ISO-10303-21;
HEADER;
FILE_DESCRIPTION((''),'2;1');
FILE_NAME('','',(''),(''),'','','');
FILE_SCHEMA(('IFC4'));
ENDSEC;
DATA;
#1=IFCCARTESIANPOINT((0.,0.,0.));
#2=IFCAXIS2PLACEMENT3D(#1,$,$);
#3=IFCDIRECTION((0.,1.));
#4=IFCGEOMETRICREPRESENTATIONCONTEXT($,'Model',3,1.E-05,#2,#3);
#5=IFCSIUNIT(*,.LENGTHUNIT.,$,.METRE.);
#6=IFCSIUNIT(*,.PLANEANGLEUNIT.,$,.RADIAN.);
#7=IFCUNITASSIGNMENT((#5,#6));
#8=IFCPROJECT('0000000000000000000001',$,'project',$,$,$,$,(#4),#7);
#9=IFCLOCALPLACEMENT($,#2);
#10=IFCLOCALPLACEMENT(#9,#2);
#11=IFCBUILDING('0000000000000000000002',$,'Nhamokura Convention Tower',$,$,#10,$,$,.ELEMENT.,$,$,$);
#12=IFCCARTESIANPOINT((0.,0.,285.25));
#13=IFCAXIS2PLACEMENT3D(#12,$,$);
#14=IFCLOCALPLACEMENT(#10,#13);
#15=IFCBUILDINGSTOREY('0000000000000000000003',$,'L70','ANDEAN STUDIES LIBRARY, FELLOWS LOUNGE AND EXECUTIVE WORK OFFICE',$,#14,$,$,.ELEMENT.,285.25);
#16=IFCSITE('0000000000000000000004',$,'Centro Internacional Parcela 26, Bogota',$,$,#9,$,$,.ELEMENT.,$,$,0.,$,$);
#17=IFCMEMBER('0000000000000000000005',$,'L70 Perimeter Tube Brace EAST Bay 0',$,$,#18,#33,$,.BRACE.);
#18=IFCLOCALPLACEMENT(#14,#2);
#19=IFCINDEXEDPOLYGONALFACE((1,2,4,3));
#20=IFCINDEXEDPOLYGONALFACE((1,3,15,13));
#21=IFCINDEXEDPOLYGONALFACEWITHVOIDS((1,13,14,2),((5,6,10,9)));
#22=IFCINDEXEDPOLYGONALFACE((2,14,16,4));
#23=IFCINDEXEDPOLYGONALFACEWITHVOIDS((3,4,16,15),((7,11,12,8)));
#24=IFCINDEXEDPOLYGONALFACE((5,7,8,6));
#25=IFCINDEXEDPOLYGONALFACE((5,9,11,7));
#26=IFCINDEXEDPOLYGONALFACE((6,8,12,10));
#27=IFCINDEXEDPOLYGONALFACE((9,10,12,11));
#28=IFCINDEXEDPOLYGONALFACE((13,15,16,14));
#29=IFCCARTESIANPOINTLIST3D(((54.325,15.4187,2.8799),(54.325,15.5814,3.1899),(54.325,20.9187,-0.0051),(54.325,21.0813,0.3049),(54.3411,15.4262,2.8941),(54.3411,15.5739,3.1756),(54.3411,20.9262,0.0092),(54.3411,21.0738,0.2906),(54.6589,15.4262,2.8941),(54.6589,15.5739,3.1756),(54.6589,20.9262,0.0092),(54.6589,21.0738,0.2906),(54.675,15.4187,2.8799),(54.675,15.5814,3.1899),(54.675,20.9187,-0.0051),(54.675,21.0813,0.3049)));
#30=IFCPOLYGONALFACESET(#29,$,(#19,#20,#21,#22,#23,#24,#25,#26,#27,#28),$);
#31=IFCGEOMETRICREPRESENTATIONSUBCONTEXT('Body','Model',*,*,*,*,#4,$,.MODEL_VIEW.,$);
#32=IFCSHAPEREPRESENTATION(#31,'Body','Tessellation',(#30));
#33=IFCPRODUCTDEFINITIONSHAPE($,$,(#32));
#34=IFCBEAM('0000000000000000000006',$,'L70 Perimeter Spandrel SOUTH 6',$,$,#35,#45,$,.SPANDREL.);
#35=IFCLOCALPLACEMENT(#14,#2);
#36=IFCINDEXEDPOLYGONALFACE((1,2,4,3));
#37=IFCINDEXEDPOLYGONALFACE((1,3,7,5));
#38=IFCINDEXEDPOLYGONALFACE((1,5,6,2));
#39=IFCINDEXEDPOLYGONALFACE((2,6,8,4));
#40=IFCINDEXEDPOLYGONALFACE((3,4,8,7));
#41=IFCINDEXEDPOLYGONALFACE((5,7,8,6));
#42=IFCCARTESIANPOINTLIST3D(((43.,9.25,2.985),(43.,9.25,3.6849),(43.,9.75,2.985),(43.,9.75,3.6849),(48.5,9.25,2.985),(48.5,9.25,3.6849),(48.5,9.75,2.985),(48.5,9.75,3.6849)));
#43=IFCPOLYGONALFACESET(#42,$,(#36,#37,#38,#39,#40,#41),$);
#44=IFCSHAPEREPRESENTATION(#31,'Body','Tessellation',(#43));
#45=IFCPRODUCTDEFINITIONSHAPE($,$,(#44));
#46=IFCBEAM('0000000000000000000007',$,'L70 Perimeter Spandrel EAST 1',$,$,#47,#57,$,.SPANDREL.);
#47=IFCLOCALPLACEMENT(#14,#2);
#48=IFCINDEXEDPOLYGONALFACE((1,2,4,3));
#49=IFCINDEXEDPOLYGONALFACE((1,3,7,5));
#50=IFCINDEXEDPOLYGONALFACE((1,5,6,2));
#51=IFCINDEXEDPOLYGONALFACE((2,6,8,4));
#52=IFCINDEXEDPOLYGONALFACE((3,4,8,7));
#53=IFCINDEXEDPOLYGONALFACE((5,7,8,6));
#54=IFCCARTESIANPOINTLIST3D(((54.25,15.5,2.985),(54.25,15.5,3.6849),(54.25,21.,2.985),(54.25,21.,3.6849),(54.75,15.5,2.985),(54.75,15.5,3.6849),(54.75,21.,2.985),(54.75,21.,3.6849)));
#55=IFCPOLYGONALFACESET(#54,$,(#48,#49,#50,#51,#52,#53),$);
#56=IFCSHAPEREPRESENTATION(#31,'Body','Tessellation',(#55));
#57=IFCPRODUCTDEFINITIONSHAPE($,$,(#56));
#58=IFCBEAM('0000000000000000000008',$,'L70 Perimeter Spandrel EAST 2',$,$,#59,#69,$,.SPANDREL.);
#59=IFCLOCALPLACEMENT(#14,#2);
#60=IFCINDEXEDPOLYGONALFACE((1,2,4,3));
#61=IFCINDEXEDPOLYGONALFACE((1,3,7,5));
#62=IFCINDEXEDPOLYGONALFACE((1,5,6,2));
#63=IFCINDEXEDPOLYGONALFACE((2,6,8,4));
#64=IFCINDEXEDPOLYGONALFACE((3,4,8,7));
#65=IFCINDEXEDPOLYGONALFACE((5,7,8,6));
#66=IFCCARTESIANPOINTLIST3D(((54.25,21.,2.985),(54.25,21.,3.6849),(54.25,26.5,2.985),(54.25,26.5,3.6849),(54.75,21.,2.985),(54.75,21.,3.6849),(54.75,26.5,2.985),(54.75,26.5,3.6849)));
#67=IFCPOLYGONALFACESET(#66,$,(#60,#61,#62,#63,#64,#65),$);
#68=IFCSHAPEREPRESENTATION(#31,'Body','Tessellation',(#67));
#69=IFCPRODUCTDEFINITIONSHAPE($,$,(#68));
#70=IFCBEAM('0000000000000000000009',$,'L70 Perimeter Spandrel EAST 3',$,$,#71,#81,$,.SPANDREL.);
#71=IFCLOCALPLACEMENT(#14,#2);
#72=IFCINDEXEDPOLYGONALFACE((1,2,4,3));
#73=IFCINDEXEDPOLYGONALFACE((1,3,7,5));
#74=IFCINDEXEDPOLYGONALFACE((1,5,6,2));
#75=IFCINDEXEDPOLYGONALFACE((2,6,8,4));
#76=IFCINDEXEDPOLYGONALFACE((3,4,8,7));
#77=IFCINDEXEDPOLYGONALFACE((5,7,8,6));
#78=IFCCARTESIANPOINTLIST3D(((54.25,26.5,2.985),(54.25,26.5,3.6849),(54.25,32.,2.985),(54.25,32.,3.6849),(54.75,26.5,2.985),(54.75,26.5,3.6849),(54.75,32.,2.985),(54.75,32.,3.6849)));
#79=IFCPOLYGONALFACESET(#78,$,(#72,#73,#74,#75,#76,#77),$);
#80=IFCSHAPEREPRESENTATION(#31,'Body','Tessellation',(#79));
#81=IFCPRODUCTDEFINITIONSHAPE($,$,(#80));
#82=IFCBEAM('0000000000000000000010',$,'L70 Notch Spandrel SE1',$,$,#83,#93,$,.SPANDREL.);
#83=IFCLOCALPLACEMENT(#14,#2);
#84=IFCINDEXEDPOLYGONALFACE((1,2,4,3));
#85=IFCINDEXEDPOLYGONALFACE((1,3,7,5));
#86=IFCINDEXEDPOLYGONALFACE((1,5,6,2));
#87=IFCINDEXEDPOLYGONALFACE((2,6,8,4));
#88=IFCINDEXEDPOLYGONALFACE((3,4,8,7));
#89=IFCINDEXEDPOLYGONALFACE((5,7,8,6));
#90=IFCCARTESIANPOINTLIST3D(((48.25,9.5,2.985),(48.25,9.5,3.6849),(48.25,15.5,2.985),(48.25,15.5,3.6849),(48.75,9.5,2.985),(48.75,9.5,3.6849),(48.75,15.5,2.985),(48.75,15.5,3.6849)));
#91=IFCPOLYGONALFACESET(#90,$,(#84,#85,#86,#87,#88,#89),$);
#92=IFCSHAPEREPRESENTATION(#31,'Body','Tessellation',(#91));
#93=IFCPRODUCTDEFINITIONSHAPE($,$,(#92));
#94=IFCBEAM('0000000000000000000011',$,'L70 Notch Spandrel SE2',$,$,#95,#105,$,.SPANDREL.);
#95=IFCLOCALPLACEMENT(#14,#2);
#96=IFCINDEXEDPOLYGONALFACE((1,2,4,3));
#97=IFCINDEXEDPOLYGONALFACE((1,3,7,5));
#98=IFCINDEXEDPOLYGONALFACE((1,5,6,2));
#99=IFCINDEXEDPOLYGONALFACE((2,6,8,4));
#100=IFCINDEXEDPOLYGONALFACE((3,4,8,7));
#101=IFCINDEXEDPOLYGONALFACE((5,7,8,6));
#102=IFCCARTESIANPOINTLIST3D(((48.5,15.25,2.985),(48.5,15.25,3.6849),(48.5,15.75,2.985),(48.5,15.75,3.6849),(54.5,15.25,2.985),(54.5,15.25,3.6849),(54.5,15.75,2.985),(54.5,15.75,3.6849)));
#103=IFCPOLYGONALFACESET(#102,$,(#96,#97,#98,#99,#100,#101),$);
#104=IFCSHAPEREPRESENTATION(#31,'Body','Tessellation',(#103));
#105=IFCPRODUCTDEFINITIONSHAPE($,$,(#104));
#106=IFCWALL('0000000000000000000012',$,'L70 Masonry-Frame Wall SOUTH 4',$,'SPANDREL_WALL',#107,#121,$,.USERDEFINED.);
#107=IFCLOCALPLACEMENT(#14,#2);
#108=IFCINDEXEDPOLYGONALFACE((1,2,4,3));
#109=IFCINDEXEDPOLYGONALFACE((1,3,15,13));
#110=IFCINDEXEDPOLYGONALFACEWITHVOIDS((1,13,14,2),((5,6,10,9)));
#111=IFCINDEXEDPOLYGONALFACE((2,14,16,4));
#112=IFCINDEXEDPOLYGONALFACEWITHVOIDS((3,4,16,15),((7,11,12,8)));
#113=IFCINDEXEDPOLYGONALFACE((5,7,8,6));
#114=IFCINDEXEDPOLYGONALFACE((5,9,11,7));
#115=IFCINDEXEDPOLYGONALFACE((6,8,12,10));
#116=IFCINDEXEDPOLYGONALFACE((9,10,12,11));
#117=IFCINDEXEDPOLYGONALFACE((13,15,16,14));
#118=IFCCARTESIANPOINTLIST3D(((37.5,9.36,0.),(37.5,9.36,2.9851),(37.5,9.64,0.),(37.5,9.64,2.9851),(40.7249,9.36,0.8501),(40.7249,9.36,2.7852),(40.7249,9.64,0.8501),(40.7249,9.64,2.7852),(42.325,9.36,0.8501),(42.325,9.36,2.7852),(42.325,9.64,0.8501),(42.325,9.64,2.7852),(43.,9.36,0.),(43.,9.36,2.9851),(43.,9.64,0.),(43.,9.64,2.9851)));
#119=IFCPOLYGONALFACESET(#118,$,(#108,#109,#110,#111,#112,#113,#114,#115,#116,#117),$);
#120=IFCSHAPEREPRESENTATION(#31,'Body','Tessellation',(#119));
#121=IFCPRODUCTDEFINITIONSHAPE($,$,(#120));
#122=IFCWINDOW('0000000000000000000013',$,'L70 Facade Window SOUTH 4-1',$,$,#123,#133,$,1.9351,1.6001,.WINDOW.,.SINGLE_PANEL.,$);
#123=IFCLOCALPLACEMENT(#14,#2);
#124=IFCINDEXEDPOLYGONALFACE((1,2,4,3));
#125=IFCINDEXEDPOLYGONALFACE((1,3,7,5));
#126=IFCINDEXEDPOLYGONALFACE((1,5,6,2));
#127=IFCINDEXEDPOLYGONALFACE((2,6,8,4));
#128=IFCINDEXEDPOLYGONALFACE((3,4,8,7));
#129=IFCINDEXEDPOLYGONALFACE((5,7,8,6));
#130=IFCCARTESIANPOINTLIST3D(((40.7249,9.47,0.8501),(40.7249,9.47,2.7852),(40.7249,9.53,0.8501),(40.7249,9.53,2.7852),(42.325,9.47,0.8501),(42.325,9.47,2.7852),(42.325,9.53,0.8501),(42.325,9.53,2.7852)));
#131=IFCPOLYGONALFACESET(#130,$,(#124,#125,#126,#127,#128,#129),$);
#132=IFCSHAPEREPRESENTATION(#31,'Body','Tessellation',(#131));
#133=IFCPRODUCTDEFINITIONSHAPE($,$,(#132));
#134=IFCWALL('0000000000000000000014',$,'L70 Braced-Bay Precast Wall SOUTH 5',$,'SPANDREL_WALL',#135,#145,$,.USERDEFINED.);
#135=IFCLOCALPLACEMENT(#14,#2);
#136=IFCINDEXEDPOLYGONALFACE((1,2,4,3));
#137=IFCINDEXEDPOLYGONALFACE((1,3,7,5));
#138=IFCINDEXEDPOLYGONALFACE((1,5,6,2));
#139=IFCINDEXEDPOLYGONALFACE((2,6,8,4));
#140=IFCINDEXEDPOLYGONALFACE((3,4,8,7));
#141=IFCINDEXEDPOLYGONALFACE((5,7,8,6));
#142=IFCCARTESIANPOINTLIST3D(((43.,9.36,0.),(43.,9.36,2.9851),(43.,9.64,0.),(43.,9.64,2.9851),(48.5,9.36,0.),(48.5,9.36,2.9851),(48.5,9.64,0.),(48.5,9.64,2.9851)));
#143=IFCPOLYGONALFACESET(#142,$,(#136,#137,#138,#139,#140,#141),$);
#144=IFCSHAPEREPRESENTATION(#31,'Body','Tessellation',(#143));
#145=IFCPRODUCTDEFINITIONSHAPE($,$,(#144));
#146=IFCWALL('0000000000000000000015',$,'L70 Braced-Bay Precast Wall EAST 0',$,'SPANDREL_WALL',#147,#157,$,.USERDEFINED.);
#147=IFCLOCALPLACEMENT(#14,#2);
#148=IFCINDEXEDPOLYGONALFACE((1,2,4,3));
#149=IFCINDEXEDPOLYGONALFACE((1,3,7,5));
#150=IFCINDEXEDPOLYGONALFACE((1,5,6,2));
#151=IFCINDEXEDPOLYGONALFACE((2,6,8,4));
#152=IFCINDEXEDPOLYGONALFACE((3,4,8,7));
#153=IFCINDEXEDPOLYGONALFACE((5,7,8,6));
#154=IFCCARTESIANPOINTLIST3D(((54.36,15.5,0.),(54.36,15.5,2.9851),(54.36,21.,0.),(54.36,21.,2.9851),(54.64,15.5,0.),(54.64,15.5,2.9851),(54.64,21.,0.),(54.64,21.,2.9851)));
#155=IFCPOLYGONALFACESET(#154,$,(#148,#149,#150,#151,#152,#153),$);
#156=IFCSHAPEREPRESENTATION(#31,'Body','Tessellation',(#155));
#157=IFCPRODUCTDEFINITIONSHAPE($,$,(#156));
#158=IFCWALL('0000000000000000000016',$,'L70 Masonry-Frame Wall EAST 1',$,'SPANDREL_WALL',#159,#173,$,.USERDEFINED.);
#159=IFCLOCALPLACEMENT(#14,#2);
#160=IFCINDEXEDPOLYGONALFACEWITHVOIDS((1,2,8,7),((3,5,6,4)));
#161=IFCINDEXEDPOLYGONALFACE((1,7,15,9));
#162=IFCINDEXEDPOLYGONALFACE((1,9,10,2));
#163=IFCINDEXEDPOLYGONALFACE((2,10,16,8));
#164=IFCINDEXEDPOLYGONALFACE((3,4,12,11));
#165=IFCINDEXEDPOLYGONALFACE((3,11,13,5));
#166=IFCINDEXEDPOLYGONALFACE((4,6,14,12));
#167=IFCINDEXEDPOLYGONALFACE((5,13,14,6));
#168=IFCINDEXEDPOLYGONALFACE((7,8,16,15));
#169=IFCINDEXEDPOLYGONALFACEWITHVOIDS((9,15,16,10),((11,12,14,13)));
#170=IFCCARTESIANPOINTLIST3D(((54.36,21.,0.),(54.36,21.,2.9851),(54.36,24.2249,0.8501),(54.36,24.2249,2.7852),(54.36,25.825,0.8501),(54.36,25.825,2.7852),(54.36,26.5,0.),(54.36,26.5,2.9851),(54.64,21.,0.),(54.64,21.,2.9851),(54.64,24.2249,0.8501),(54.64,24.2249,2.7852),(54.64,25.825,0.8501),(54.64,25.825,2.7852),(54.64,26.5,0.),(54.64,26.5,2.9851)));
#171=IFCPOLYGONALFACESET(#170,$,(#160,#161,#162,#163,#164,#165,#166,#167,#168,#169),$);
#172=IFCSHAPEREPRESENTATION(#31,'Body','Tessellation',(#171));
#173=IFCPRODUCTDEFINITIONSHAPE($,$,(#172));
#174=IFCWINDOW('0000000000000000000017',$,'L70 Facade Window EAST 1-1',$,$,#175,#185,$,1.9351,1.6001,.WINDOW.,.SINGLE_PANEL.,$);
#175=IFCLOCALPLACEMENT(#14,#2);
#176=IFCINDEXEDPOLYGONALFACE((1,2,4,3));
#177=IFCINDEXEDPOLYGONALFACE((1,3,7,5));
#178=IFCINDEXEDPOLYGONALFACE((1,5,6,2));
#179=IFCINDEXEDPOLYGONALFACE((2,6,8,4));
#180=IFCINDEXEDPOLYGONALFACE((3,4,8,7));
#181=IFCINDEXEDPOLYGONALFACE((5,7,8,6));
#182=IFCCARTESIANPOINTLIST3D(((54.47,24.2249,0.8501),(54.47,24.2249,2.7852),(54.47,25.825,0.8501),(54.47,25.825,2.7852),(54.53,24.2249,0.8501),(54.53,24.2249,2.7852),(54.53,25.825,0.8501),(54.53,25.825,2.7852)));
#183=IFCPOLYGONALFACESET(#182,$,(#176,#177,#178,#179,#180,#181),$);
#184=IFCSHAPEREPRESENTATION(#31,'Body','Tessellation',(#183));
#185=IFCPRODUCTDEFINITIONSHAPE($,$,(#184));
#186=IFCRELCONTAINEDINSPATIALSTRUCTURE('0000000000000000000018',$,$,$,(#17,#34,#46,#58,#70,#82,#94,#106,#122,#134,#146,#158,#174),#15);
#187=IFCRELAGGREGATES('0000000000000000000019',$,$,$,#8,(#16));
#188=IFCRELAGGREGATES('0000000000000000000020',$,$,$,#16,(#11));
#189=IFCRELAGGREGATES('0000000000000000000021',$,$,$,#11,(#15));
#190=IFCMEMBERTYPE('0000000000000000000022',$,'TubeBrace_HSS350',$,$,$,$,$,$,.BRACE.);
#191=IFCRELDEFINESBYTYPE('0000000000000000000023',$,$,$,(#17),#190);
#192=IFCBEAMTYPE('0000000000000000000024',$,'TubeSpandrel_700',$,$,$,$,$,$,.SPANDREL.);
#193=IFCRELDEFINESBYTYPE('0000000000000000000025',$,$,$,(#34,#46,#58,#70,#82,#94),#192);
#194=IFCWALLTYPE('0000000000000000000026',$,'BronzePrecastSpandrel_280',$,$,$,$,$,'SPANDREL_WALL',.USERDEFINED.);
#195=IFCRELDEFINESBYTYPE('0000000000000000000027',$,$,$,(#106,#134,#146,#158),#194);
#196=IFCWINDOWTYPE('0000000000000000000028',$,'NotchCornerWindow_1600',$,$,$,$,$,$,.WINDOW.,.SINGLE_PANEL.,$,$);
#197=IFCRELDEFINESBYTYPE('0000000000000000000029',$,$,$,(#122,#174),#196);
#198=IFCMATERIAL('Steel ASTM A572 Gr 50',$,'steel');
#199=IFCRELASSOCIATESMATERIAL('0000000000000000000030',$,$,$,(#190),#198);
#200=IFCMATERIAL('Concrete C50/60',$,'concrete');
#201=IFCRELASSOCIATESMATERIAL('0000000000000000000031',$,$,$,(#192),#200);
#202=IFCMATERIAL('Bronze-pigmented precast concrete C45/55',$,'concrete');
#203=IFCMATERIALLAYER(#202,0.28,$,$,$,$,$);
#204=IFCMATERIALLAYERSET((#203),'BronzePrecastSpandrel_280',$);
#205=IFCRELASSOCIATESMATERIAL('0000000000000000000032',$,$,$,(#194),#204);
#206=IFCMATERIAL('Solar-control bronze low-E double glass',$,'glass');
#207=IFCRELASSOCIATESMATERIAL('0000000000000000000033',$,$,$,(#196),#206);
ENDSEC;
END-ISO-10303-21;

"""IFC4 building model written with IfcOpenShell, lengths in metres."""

from ifc_helpers import new_model, si_unit, direction, frame, frame_2d, origin, origin_2d, place, context, subcontext, project, spatial, rectangle, hollow_rectangle, extrude, material, layer, layer_set, material_profile, profile_set, type_object, element, fill, save


model = new_model("IFC4")

# Units and contexts
model_context = context("Model", 3, precision=1e-05, world=origin(), true_north=direction((0.0, 1.0)))
body_context = subcontext(model_context, "Body", "Model", "MODEL_VIEW")
ifc_project = project(units=[si_unit("LENGTHUNIT", "METRE"), si_unit("PLANEANGLEUNIT", "RADIAN")], contexts=[model_context])

# Site, building, storey
site_placement = place(None, origin())
site = spatial("IfcSite", under=ifc_project, at=site_placement, Name="Centro Internacional Parcela 26, Bogota", CompositionType="ELEMENT", RefElevation=0.0)
building_placement = place(site_placement, origin())
building = spatial("IfcBuilding", under=site, at=building_placement, Name="Nhamokura Convention Tower", CompositionType="ELEMENT")
storey_placement = place(building_placement, frame((0.0, 0.0, 285.25)))
storey = spatial("IfcBuildingStorey", under=building, at=storey_placement, Name="L70", Description="ANDEAN STUDIES LIBRARY, FELLOWS LOUNGE AND EXECUTIVE WORK OFFICE", CompositionType="ELEMENT", Elevation=285.25)

# Member
ifc_material_1 = material(Name="Steel ASTM A572 Gr 50", Category="steel")
ifc_material_profile_1 = material_profile(ifc_material_1, hollow_rectangle(XDim=0.3501, YDim=0.3501, WallThickness=0.0161, at=origin_2d()))
ifc_profile_set_1 = profile_set([ifc_material_profile_1], Name="Steel ASTM A572 Gr 50")
member_type_1 = type_object("IfcMemberType", Name="TubeBrace_HSS350", PredefinedType="BRACE", material=ifc_profile_set_1)
for number, where, z_axis, x_axis, name in (
    (1, (54.5, 21.0, 0.1499), (0.0, -0.885563, 0.46452), (1.0, 0.0, 0.0), "L70 Perimeter Tube Brace EAST Bay 0"),
):
    element("IfcMember", number, at=place(storey_placement, frame(where, z_axis=z_axis, x_axis=x_axis)), inside=storey, type_object=member_type_1, Name=name, PredefinedType="BRACE", context=body_context, shape_type="SweptSolid", body=[
        extrude(hollow_rectangle(XDim=0.3501, YDim=0.3501, WallThickness=0.0161, at=origin_2d()), origin(), (0.0, 0.0, 1.0), 6.2107),
    ])

# Beams
ifc_material_2 = material(Name="Concrete C50/60", Category="concrete")
ifc_material_profile_2 = material_profile(ifc_material_2, rectangle(XDim=0.5, YDim=0.7, at=origin_2d()))
ifc_profile_set_2 = profile_set([ifc_material_profile_2], Name="Concrete C50/60")
beam_type_1 = type_object("IfcBeamType", Name="TubeSpandrel_700", PredefinedType="SPANDREL", material=ifc_profile_set_2)
for number, where, z_axis, x_axis, name in (
    (2, (43.0, 9.5, 3.335), (1.0, 0.0, 0.0), (0.0, 1.0, 0.0), "L70 Perimeter Spandrel SOUTH 6"),
    (3, (54.5, 15.5, 3.335), (0.0, 1.0, 0.0), (-1.0, 0.0, 0.0), "L70 Perimeter Spandrel EAST 1"),
    (4, (54.5, 21.0, 3.335), (0.0, 1.0, 0.0), (-1.0, 0.0, 0.0), "L70 Perimeter Spandrel EAST 2"),
    (5, (54.5, 26.5, 3.335), (0.0, 1.0, 0.0), (-1.0, 0.0, 0.0), "L70 Perimeter Spandrel EAST 3"),
):
    element("IfcBeam", number, at=place(storey_placement, frame(where, z_axis=z_axis, x_axis=x_axis)), inside=storey, type_object=beam_type_1, Name=name, PredefinedType="SPANDREL", context=body_context, shape_type="SweptSolid", body=[
        extrude(rectangle(XDim=0.5, YDim=0.7, at=origin_2d()), origin(), (0.0, 0.0, 1.0), 5.5),
    ])
for number, where, z_axis, x_axis, name in (
    (6, (48.5, 9.5, 3.335), (0.0, 1.0, 0.0), (-1.0, 0.0, 0.0), "L70 Notch Spandrel SE1"),
    (7, (48.5, 15.5, 3.335), (1.0, 0.0, 0.0), (0.0, 1.0, 0.0), "L70 Notch Spandrel SE2"),
):
    element("IfcBeam", number, at=place(storey_placement, frame(where, z_axis=z_axis, x_axis=x_axis)), inside=storey, type_object=beam_type_1, Name=name, PredefinedType="SPANDREL", context=body_context, shape_type="SweptSolid", body=[
        extrude(rectangle(XDim=0.5, YDim=0.7, at=origin_2d()), origin(), (0.0, 0.0, 1.0), 6.0),
    ])

# Wall, opening, window
ifc_material_3 = material(Name="Bronze-pigmented precast concrete C45/55", Category="concrete")
ifc_layer_1 = layer(ifc_material_3, 0.28)
ifc_layer_set_1 = layer_set([ifc_layer_1], Name="BronzePrecastSpandrel_280")
wall_type_1 = type_object("IfcWallType", Name="BronzePrecastSpandrel_280", ElementType="SPANDREL_WALL", PredefinedType="USERDEFINED", material=ifc_layer_set_1)
wall_1_placement = place(storey_placement, frame((43.0, 9.5, 0.0), z_axis=(0.0, 0.0, 1.0), x_axis=(-1.0, 0.0, 0.0)))
wall_1 = element("IfcWall", 8, at=wall_1_placement, inside=storey, type_object=wall_type_1, Name="L70 Masonry-Frame Wall SOUTH 4", ObjectType="SPANDREL_WALL", PredefinedType="USERDEFINED", context=body_context, shape_type="SweptSolid", body=[
    extrude(rectangle(XDim=5.5, YDim=0.28, at=frame_2d((2.75, 0.0))), origin(), (0.0, 0.0, 1.0), 2.9851),
])
opening_1_placement = place(wall_1_placement, frame((0.675, 0.0, 0.8501)))
opening_1 = element("IfcOpeningElement", 9, at=opening_1_placement, cuts=wall_1, PredefinedType="OPENING", context=body_context, shape_type="SweptSolid", body=[
    extrude(rectangle(XDim=1.6001, YDim=1.9351, at=frame_2d((0.8, 0.9675))), frame((0.0, 0.1499, 0.0), z_axis=(0.0, -1.0, 0.0), x_axis=(1.0, 0.0, 0.0)), (0.0, 0.0, 1.0), 0.3),
])
ifc_material_4 = material(Name="Solar-control bronze low-E double glass", Category="glass")
window_type = type_object("IfcWindowType", Name="NotchCornerWindow_1600", PartitioningType="SINGLE_PANEL", PredefinedType="WINDOW", material=ifc_material_4)
window_1_placement = place(opening_1_placement, origin())
window_1 = element("IfcWindow", 10, at=window_1_placement, inside=storey, type_object=window_type, Name="L70 Facade Window SOUTH 4-1", OverallHeight=1.9351, OverallWidth=1.6001, PartitioningType="SINGLE_PANEL", PredefinedType="WINDOW", context=body_context, shape_type="SweptSolid", body=[
    extrude(rectangle(XDim=1.6001, YDim=1.9351, at=frame_2d((0.8, 0.9675))), frame((0.0, 0.03, 0.0), z_axis=(0.0, -1.0, 0.0), x_axis=(1.0, 0.0, 0.0)), (0.0, 0.0, 1.0), 0.0601),
])
fill(opening_1, window_1)

# Walls
for number, where, z_axis, x_axis, name in (
    (11, (48.5, 9.5, 0.0), (0.0, 0.0, 1.0), (-1.0, 0.0, 0.0), "L70 Braced-Bay Precast Wall SOUTH 5"),
    (12, (54.5, 21.0, 0.0), (0.0, 0.0, 1.0), (0.0, -1.0, 0.0), "L70 Braced-Bay Precast Wall EAST 0"),
):
    element("IfcWall", number, at=place(storey_placement, frame(where, z_axis=z_axis, x_axis=x_axis)), inside=storey, type_object=wall_type_1, Name=name, ObjectType="SPANDREL_WALL", PredefinedType="USERDEFINED", context=body_context, shape_type="SweptSolid", body=[
        extrude(rectangle(XDim=5.5, YDim=0.28, at=frame_2d((2.75, 0.0))), origin(), (0.0, 0.0, 1.0), 2.9851),
    ])

# Wall, opening, window
wall_2_placement = place(storey_placement, frame((54.5, 26.5, 0.0), z_axis=(0.0, 0.0, 1.0), x_axis=(0.0, -1.0, 0.0)))
wall_2 = element("IfcWall", 13, at=wall_2_placement, inside=storey, type_object=wall_type_1, Name="L70 Masonry-Frame Wall EAST 1", ObjectType="SPANDREL_WALL", PredefinedType="USERDEFINED", context=body_context, shape_type="SweptSolid", body=[
    extrude(rectangle(XDim=5.5, YDim=0.28, at=frame_2d((2.75, 0.0))), origin(), (0.0, 0.0, 1.0), 2.9851),
])
opening_2_placement = place(wall_2_placement, frame((0.675, 0.0, 0.8501)))
opening_2 = element("IfcOpeningElement", 14, at=opening_2_placement, cuts=wall_2, PredefinedType="OPENING", context=body_context, shape_type="SweptSolid", body=[
    extrude(rectangle(XDim=1.6001, YDim=1.9351, at=frame_2d((0.8, 0.9675))), frame((0.0, 0.1499, 0.0), z_axis=(0.0, -1.0, 0.0), x_axis=(1.0, 0.0, 0.0)), (0.0, 0.0, 1.0), 0.3),
])
window_2_placement = place(opening_2_placement, origin())
window_2 = element("IfcWindow", 15, at=window_2_placement, inside=storey, type_object=window_type, Name="L70 Facade Window EAST 1-1", OverallHeight=1.9351, OverallWidth=1.6001, PartitioningType="SINGLE_PANEL", PredefinedType="WINDOW", context=body_context, shape_type="SweptSolid", body=[
    extrude(rectangle(XDim=1.6001, YDim=1.9351, at=frame_2d((0.8, 0.9675))), frame((0.0, 0.03, 0.0), z_axis=(0.0, -1.0, 0.0), x_axis=(1.0, 0.0, 0.0)), (0.0, 0.0, 1.0), 0.0601),
])
fill(opening_2, window_2)

save(model, "model.ifc")
